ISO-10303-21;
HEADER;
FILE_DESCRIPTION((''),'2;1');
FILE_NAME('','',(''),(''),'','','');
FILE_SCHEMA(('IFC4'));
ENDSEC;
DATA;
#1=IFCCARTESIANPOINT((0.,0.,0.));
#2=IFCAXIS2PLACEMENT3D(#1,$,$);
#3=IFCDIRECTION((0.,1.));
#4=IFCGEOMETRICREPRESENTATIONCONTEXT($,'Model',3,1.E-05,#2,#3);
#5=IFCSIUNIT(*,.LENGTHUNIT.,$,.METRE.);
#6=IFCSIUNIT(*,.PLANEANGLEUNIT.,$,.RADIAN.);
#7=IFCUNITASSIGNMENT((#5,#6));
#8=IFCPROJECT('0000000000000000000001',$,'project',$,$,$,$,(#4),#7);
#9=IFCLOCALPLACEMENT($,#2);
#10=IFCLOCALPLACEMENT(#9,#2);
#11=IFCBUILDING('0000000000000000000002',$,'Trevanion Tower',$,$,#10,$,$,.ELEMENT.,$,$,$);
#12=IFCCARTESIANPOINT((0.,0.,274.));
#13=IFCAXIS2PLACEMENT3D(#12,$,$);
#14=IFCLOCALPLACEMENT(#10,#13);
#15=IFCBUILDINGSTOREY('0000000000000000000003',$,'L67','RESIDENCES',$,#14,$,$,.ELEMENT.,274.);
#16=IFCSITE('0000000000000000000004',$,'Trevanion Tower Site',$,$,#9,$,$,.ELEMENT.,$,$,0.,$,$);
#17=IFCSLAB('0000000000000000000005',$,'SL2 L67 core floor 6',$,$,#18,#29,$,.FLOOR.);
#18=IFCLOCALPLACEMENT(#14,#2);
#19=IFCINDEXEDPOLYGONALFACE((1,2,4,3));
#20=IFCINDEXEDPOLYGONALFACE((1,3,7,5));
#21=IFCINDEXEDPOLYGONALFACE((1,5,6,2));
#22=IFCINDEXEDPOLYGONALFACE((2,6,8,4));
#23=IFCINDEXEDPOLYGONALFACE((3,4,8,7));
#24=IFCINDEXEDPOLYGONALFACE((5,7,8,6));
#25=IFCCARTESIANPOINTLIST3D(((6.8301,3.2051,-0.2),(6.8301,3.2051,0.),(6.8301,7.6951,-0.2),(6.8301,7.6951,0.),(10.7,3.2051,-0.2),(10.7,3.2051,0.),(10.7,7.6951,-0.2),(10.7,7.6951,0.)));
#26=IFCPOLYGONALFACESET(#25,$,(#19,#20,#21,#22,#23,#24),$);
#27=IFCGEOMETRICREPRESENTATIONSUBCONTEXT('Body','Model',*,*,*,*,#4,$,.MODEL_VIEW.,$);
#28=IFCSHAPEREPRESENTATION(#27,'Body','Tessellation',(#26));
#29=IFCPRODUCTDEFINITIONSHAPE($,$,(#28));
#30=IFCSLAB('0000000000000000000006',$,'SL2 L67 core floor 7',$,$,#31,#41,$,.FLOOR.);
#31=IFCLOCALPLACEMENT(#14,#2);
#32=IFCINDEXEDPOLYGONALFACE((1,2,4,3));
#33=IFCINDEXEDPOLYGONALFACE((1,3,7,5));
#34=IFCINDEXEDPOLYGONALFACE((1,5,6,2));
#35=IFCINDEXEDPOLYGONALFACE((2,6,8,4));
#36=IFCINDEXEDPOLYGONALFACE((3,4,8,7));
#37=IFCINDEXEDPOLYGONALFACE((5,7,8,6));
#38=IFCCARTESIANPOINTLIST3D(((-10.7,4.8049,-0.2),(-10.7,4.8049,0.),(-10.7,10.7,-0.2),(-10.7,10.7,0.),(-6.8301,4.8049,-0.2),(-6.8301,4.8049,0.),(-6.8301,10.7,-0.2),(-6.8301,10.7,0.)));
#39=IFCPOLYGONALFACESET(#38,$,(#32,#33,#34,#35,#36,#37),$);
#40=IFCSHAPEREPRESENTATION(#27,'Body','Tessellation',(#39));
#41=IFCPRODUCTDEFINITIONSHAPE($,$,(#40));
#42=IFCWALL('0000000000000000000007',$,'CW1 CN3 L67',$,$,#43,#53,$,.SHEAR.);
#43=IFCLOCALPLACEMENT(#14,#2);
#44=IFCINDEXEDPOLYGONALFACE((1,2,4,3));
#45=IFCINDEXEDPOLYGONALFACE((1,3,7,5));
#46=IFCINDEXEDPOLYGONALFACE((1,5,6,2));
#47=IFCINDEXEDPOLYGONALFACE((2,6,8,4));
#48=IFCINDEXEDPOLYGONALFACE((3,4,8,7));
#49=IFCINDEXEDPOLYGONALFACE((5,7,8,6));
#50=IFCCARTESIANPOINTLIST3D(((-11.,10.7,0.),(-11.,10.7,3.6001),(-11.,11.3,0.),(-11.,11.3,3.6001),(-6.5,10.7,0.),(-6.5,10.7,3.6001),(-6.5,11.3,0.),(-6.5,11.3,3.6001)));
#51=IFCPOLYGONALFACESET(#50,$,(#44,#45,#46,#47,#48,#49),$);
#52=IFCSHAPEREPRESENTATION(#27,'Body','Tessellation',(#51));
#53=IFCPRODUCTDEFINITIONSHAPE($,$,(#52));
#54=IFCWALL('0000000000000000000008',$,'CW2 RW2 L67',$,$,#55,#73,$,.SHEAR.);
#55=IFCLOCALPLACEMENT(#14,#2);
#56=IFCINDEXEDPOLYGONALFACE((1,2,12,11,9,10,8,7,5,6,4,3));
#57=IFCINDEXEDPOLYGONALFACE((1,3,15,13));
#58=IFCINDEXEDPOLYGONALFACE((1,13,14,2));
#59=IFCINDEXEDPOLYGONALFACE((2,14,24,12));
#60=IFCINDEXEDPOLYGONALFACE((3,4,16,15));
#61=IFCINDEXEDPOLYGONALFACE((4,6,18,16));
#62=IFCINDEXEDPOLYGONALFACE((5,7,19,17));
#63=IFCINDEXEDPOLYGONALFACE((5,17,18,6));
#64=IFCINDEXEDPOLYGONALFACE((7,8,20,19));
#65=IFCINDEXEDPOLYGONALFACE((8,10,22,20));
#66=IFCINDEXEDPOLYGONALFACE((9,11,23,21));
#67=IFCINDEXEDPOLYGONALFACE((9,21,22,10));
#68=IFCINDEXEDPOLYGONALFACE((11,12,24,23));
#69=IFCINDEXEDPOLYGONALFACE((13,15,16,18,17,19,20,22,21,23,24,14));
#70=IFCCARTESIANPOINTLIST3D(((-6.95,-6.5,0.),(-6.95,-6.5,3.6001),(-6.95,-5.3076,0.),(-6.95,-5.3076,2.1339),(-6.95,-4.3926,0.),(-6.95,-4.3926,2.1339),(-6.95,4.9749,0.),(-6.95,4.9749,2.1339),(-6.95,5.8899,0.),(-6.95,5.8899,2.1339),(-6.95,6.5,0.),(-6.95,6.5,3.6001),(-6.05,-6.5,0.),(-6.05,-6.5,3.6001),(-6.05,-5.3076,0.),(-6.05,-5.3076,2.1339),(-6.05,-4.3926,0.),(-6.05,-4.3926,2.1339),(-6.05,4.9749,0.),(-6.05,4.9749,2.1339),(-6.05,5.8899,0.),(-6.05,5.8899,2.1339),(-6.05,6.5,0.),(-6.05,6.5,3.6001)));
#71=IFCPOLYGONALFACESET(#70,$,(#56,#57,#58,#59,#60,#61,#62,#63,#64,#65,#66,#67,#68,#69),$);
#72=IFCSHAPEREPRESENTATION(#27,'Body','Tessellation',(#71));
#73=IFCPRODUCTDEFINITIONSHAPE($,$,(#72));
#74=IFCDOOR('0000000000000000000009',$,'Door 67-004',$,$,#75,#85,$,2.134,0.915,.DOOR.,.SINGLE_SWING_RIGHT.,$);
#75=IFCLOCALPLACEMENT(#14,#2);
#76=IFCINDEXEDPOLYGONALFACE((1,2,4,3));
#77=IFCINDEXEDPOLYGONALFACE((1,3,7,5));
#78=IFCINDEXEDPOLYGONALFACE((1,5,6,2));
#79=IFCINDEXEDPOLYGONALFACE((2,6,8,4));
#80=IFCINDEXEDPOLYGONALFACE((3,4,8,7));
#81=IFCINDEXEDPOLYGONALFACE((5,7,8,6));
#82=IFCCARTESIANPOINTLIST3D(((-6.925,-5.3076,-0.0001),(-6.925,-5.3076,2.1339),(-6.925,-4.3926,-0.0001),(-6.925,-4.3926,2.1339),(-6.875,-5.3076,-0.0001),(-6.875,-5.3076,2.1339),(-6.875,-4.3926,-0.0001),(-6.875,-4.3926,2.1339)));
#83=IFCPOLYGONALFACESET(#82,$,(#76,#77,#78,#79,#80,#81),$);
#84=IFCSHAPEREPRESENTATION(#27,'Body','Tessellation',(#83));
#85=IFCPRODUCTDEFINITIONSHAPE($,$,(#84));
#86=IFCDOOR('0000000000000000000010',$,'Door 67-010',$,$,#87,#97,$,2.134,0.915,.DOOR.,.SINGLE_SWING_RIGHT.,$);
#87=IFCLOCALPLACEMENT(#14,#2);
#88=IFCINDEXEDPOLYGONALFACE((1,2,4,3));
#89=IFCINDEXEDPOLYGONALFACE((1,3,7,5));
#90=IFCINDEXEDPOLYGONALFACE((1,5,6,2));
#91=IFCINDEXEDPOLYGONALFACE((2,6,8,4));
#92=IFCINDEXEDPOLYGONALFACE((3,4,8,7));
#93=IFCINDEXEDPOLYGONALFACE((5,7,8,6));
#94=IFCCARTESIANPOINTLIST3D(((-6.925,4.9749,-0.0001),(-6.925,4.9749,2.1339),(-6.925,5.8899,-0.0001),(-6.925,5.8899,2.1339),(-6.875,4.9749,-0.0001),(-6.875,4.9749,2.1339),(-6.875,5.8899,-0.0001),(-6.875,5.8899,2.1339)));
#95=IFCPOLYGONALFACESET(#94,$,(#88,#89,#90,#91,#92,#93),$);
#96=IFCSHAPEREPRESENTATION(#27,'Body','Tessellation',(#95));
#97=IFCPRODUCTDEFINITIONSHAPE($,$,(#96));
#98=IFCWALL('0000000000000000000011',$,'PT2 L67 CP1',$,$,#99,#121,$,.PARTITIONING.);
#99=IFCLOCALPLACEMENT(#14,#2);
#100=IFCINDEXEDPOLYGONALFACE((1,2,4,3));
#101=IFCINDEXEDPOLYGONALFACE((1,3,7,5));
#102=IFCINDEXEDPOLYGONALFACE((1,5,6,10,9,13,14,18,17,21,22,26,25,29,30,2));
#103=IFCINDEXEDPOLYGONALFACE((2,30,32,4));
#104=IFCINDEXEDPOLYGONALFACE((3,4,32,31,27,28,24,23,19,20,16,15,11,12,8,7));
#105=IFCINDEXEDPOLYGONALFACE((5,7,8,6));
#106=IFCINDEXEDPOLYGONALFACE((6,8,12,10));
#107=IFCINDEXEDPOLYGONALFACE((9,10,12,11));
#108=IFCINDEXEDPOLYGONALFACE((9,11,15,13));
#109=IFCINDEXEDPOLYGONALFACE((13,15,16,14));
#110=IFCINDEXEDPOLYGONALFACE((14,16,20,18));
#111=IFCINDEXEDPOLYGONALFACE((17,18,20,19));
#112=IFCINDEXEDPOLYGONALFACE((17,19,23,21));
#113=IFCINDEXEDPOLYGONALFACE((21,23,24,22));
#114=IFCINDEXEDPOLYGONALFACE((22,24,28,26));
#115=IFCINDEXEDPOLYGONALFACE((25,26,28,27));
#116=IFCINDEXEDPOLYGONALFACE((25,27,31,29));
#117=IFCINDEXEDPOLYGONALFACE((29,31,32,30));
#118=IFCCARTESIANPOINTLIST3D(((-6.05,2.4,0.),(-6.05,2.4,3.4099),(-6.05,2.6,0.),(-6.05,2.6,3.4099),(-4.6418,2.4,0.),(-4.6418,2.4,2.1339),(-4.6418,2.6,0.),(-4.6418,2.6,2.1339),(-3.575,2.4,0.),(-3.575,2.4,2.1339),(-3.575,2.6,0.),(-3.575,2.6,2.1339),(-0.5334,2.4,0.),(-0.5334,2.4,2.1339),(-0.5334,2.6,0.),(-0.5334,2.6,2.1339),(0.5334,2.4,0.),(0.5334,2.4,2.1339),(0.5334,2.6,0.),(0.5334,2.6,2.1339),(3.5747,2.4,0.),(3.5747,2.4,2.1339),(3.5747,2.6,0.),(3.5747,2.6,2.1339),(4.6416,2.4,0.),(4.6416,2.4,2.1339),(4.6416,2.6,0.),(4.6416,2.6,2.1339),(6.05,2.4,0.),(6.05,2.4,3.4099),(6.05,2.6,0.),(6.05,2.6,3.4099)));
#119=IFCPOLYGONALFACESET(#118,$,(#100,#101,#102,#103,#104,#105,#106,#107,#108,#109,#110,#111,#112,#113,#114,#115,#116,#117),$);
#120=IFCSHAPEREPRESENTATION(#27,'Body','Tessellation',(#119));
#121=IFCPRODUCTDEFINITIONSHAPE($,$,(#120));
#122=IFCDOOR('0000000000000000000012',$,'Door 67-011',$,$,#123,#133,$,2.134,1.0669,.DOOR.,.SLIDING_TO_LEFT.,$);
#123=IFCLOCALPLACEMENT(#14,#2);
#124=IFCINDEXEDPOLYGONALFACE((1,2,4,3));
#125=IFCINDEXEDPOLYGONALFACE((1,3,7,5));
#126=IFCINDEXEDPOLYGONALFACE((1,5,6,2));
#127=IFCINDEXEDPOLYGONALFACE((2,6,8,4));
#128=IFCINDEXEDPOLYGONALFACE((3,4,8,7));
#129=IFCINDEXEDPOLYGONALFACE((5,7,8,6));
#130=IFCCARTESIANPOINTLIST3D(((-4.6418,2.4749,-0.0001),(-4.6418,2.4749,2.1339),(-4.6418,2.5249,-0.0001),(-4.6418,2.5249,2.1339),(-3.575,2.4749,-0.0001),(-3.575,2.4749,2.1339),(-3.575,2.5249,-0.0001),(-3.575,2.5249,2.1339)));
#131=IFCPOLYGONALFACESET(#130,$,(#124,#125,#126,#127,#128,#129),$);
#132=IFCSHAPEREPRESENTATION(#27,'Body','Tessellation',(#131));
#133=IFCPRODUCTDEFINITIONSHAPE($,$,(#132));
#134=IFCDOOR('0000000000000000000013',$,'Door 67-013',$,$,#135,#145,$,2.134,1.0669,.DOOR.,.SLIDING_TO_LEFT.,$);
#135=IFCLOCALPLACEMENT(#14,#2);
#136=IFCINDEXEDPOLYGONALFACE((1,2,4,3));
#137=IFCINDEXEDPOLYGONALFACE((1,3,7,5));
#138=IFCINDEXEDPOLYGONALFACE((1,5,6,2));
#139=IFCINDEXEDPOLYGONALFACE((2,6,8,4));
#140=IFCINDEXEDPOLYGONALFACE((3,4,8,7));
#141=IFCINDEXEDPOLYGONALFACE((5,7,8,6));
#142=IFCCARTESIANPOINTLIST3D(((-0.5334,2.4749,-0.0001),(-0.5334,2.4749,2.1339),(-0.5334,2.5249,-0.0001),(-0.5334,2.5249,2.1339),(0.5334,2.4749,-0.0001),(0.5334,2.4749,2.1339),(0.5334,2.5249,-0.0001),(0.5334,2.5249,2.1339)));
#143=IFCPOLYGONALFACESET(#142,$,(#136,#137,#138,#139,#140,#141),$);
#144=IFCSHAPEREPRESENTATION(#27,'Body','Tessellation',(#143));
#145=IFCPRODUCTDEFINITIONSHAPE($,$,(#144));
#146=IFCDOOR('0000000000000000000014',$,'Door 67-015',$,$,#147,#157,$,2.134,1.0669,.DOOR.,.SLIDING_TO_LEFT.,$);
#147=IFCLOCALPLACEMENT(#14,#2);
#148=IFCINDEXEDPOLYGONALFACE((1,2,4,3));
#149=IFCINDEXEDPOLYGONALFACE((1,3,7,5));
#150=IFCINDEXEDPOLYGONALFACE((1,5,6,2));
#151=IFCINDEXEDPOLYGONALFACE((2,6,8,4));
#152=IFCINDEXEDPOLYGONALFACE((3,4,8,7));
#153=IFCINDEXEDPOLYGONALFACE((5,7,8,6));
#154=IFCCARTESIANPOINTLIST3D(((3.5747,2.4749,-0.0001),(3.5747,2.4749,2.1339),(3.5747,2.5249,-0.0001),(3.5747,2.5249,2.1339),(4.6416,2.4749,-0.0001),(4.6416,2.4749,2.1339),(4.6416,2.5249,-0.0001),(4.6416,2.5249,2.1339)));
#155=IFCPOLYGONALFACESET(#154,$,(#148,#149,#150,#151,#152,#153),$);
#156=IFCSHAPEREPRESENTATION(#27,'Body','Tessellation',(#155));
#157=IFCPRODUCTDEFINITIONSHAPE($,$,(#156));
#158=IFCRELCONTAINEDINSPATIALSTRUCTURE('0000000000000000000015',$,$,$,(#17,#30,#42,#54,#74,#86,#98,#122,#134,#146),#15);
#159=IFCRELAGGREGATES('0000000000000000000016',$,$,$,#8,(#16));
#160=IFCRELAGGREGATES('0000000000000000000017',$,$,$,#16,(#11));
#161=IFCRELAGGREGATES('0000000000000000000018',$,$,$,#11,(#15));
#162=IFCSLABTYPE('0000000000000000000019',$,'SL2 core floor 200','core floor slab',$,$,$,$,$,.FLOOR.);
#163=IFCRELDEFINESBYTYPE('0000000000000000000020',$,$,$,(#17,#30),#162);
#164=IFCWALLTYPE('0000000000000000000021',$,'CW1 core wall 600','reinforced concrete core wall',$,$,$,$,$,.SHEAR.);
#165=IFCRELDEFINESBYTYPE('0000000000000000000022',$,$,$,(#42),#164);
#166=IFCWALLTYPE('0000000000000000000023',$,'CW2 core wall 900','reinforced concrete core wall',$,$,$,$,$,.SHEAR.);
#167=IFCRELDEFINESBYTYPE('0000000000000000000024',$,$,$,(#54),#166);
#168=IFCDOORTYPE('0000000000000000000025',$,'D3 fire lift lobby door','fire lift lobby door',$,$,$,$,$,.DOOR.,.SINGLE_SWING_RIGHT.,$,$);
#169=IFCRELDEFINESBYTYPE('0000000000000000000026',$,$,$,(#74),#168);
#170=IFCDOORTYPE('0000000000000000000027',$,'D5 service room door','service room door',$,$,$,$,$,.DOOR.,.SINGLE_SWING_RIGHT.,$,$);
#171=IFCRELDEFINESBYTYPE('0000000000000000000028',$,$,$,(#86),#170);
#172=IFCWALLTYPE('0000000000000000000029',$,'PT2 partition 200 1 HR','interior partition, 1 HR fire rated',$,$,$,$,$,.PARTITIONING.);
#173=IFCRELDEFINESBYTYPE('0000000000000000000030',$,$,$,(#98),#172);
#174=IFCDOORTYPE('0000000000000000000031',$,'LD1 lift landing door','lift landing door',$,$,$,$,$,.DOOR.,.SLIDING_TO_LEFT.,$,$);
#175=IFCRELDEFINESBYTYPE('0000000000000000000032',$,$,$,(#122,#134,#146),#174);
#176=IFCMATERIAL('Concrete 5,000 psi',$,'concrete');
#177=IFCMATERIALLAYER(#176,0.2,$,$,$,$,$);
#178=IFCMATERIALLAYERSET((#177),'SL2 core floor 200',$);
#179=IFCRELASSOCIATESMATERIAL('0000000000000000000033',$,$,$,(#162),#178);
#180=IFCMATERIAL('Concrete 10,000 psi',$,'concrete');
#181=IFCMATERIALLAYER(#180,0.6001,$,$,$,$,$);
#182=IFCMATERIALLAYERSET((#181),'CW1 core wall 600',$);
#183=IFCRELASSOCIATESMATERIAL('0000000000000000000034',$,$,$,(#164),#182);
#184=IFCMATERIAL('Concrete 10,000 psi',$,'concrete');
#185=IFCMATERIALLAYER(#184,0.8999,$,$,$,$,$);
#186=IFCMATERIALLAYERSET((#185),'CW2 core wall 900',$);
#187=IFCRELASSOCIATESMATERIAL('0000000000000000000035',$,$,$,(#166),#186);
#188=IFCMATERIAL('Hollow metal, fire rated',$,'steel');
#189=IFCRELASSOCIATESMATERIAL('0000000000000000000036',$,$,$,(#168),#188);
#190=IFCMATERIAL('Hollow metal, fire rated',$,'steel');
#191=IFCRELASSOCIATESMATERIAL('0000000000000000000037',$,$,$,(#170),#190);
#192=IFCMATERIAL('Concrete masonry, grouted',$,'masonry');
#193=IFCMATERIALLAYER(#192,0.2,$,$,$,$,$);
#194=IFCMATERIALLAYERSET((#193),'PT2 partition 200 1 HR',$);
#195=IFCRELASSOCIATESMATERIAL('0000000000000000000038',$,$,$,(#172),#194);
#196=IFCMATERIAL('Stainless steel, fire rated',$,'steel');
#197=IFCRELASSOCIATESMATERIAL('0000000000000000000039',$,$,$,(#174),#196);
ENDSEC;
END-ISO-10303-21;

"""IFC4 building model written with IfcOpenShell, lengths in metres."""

from ifc_helpers import new_model, si_unit, direction, frame, frame_2d, origin, place, context, subcontext, project, spatial, polyline, rectangle, outline, extrude, material, layer, layer_set, type_object, element, fill, save


model = new_model("IFC4")

# Units and contexts
model_context = context("Model", 3, precision=1e-05, world=origin(), true_north=direction((0.0, 1.0)))
body_context = subcontext(model_context, "Body", "Model", "MODEL_VIEW")
ifc_project = project(units=[si_unit("LENGTHUNIT", "METRE"), si_unit("PLANEANGLEUNIT", "RADIAN")], contexts=[model_context])

# Site, building, storey
site_placement = place(None, origin())
site = spatial("IfcSite", under=ifc_project, at=site_placement, Name="Trevanion Tower Site", CompositionType="ELEMENT", RefElevation=0.0)
building_placement = place(site_placement, origin())
building = spatial("IfcBuilding", under=site, at=building_placement, Name="Trevanion Tower", CompositionType="ELEMENT")
storey_placement = place(building_placement, frame((0.0, 0.0, 274.0)))
storey = spatial("IfcBuildingStorey", under=building, at=storey_placement, Name="L67", Description="RESIDENCES", CompositionType="ELEMENT", Elevation=274.0)

# Slabs
ifc_material_1 = material(Name="Concrete 5,000 psi", Category="concrete")
ifc_layer_1 = layer(ifc_material_1, 0.2)
ifc_layer_set_1 = layer_set([ifc_layer_1], Name="SL2 core floor 200")
slab_type = type_object("IfcSlabType", Name="SL2 core floor 200", Description="core floor slab", PredefinedType="FLOOR", material=ifc_layer_set_1)
slab_1_placement = place(storey_placement, frame((0.0, 0.0, -0.2)))
element("IfcSlab", 1, at=slab_1_placement, inside=storey, type_object=slab_type, Name="SL2 L67 core floor 6", PredefinedType="FLOOR", context=body_context, shape_type="SweptSolid", body=[
    extrude(outline(polyline([(6.8301, 3.2051), (6.8301, 7.6951), (10.7, 7.6951), (10.7, 3.2051), (6.8301, 3.2051)])), origin(), (0.0, 0.0, 1.0), 0.2),
])
slab_2_placement = place(storey_placement, frame((0.0, 0.0, -0.2)))
element("IfcSlab", 2, at=slab_2_placement, inside=storey, type_object=slab_type, Name="SL2 L67 core floor 7", PredefinedType="FLOOR", context=body_context, shape_type="SweptSolid", body=[
    extrude(outline(polyline([(-6.8301, 4.8049), (-10.7, 4.8049), (-10.7, 10.7), (-6.8301, 10.7), (-6.8301, 4.8049)])), origin(), (0.0, 0.0, 1.0), 0.2),
])

# Wall
ifc_material_2 = material(Name="Concrete 10,000 psi", Category="concrete")
ifc_layer_2 = layer(ifc_material_2, 0.6001)
ifc_layer_set_2 = layer_set([ifc_layer_2], Name="CW1 core wall 600")
wall_type_1 = type_object("IfcWallType", Name="CW1 core wall 600", Description="reinforced concrete core wall", PredefinedType="SHEAR", material=ifc_layer_set_2)
wall_1_placement = place(storey_placement, frame((-6.5, 11.0, 0.0), z_axis=(0.0, 0.0, 1.0), x_axis=(-1.0, 0.0, 0.0)))
element("IfcWall", 3, at=wall_1_placement, inside=storey, type_object=wall_type_1, Name="CW1 CN3 L67", PredefinedType="SHEAR", context=body_context, shape_type="SweptSolid", body=[
    extrude(rectangle(XDim=4.5, YDim=0.6001, at=frame_2d((2.25, 0.0))), origin(), (0.0, 0.0, 1.0), 3.6001),
])

# Walls, openings, doors
ifc_material_3 = material(Name="Concrete 10,000 psi", Category="concrete")
ifc_layer_3 = layer(ifc_material_3, 0.8999)
ifc_layer_set_3 = layer_set([ifc_layer_3], Name="CW2 core wall 900")
wall_type_2 = type_object("IfcWallType", Name="CW2 core wall 900", Description="reinforced concrete core wall", PredefinedType="SHEAR", material=ifc_layer_set_3)
wall_2_placement = place(storey_placement, frame((-6.5, 6.5, 0.0), z_axis=(0.0, 0.0, 1.0), x_axis=(0.0, -1.0, 0.0)))
wall_2 = element("IfcWall", 4, at=wall_2_placement, inside=storey, type_object=wall_type_2, Name="CW2 RW2 L67", PredefinedType="SHEAR", context=body_context, shape_type="SweptSolid", body=[
    extrude(rectangle(XDim=13.0, YDim=0.8999, at=frame_2d((6.5, 0.0))), origin(), (0.0, 0.0, 1.0), 3.6001),
])
opening_1_placement = place(wall_2_placement, frame((10.8926, 0.0, 0.0)))
opening_1 = element("IfcOpeningElement", 5, at=opening_1_placement, cuts=wall_2, PredefinedType="OPENING", context=body_context, shape_type="SweptSolid", body=[
    extrude(rectangle(XDim=0.915, YDim=2.134, at=frame_2d((0.4575, 1.0669))), frame((0.0, 0.46, 0.0), z_axis=(0.0, -1.0, 0.0), x_axis=(1.0, 0.0, 0.0)), (0.0, 0.0, 1.0), 0.9199),
])
opening_2_placement = place(wall_2_placement, frame((0.6101, 0.0, 0.0)))
opening_2 = element("IfcOpeningElement", 6, at=opening_2_placement, cuts=wall_2, PredefinedType="OPENING", context=body_context, shape_type="SweptSolid", body=[
    extrude(rectangle(XDim=0.915, YDim=2.134, at=frame_2d((0.4575, 1.0669))), frame((0.0, 0.46, 0.0), z_axis=(0.0, -1.0, 0.0), x_axis=(1.0, 0.0, 0.0)), (0.0, 0.0, 1.0), 0.9199),
])
ifc_material_4 = material(Name="Hollow metal, fire rated", Category="steel")
door_type_1 = type_object("IfcDoorType", Name="D3 fire lift lobby door", Description="fire lift lobby door", OperationType="SINGLE_SWING_RIGHT", PredefinedType="DOOR", material=ifc_material_4)
door_1_placement = place(opening_1_placement, origin())
door_1 = element("IfcDoor", 7, at=door_1_placement, inside=storey, type_object=door_type_1, Name="Door 67-004", OperationType="SINGLE_SWING_RIGHT", OverallHeight=2.134, OverallWidth=0.915, PredefinedType="DOOR", context=body_context, shape_type="SweptSolid", body=[
    extrude(rectangle(XDim=0.915, YDim=2.134, at=frame_2d((0.4575, 1.0669))), frame((0.0, -0.375, 0.0), z_axis=(0.0, -1.0, 0.0), x_axis=(1.0, 0.0, 0.0)), (0.0, 0.0, 1.0), 0.05),
])
fill(opening_1, door_1)
ifc_material_5 = material(Name="Hollow metal, fire rated", Category="steel")
door_type_2 = type_object("IfcDoorType", Name="D5 service room door", Description="service room door", OperationType="SINGLE_SWING_RIGHT", PredefinedType="DOOR", material=ifc_material_5)
door_2_placement = place(opening_2_placement, origin())
door_2 = element("IfcDoor", 8, at=door_2_placement, inside=storey, type_object=door_type_2, Name="Door 67-010", OperationType="SINGLE_SWING_RIGHT", OverallHeight=2.134, OverallWidth=0.915, PredefinedType="DOOR", context=body_context, shape_type="SweptSolid", body=[
    extrude(rectangle(XDim=0.915, YDim=2.134, at=frame_2d((0.4575, 1.0669))), frame((0.0, -0.375, 0.0), z_axis=(0.0, -1.0, 0.0), x_axis=(1.0, 0.0, 0.0)), (0.0, 0.0, 1.0), 0.05),
])
fill(opening_2, door_2)
ifc_material_6 = material(Name="Concrete masonry, grouted", Category="masonry")
ifc_layer_4 = layer(ifc_material_6, 0.2)
ifc_layer_set_4 = layer_set([ifc_layer_4], Name="PT2 partition 200 1 HR")
wall_type_3 = type_object("IfcWallType", Name="PT2 partition 200 1 HR", Description="interior partition, 1 HR fire rated", PredefinedType="PARTITIONING", material=ifc_layer_set_4)
wall_3_placement = place(storey_placement, frame((-6.05, 2.5, 0.0), z_axis=(0.0, 0.0, 1.0), x_axis=(1.0, 0.0, 0.0)))
wall_3 = element("IfcWall", 9, at=wall_3_placement, inside=storey, type_object=wall_type_3, Name="PT2 L67 CP1", PredefinedType="PARTITIONING", context=body_context, shape_type="SweptSolid", body=[
    extrude(rectangle(XDim=12.1001, YDim=0.2, at=frame_2d((6.05, 0.0))), origin(), (0.0, 0.0, 1.0), 3.4099),
])
opening_3_placement = place(wall_3_placement, frame((1.4082, 0.0, 0.0)))
opening_3 = element("IfcOpeningElement", 10, at=opening_3_placement, cuts=wall_3, PredefinedType="OPENING", context=body_context, shape_type="SweptSolid", body=[
    extrude(rectangle(XDim=1.0669, YDim=2.134, at=frame_2d((0.5334, 1.0669))), frame((0.0, 0.1099, 0.0), z_axis=(0.0, -1.0, 0.0), x_axis=(1.0, 0.0, 0.0)), (0.0, 0.0, 1.0), 0.22),
])
opening_4_placement = place(wall_3_placement, frame((5.5166, 0.0, 0.0)))
opening_4 = element("IfcOpeningElement", 11, at=opening_4_placement, cuts=wall_3, PredefinedType="OPENING", context=body_context, shape_type="SweptSolid", body=[
    extrude(rectangle(XDim=1.0669, YDim=2.134, at=frame_2d((0.5334, 1.0669))), frame((0.0, 0.1099, 0.0), z_axis=(0.0, -1.0, 0.0), x_axis=(1.0, 0.0, 0.0)), (0.0, 0.0, 1.0), 0.22),
])
opening_5_placement = place(wall_3_placement, frame((9.6248, 0.0, 0.0)))
opening_5 = element("IfcOpeningElement", 12, at=opening_5_placement, cuts=wall_3, PredefinedType="OPENING", context=body_context, shape_type="SweptSolid", body=[
    extrude(rectangle(XDim=1.0669, YDim=2.134, at=frame_2d((0.5334, 1.0669))), frame((0.0, 0.1099, 0.0), z_axis=(0.0, -1.0, 0.0), x_axis=(1.0, 0.0, 0.0)), (0.0, 0.0, 1.0), 0.22),
])
ifc_material_7 = material(Name="Stainless steel, fire rated", Category="steel")
door_type_3 = type_object("IfcDoorType", Name="LD1 lift landing door", Description="lift landing door", OperationType="SLIDING_TO_LEFT", PredefinedType="DOOR", material=ifc_material_7)
door_3_placement = place(opening_3_placement, origin())
door_3 = element("IfcDoor", 13, at=door_3_placement, inside=storey, type_object=door_type_3, Name="Door 67-011", OperationType="SLIDING_TO_LEFT", OverallHeight=2.134, OverallWidth=1.0669, PredefinedType="DOOR", context=body_context, shape_type="SweptSolid", body=[
    extrude(rectangle(XDim=1.0669, YDim=2.134, at=frame_2d((0.5334, 1.0669))), frame((0.0, 0.0249, 0.0), z_axis=(0.0, -1.0, 0.0), x_axis=(1.0, 0.0, 0.0)), (0.0, 0.0, 1.0), 0.05),
])
fill(opening_3, door_3)
door_4_placement = place(opening_4_placement, origin())
door_4 = element("IfcDoor", 14, at=door_4_placement, inside=storey, type_object=door_type_3, Name="Door 67-013", OperationType="SLIDING_TO_LEFT", OverallHeight=2.134, OverallWidth=1.0669, PredefinedType="DOOR", context=body_context, shape_type="SweptSolid", body=[
    extrude(rectangle(XDim=1.0669, YDim=2.134, at=frame_2d((0.5334, 1.0669))), frame((0.0, 0.0249, 0.0), z_axis=(0.0, -1.0, 0.0), x_axis=(1.0, 0.0, 0.0)), (0.0, 0.0, 1.0), 0.05),
])
fill(opening_4, door_4)
door_5_placement = place(opening_5_placement, origin())
door_5 = element("IfcDoor", 15, at=door_5_placement, inside=storey, type_object=door_type_3, Name="Door 67-015", OperationType="SLIDING_TO_LEFT", OverallHeight=2.134, OverallWidth=1.0669, PredefinedType="DOOR", context=body_context, shape_type="SweptSolid", body=[
    extrude(rectangle(XDim=1.0669, YDim=2.134, at=frame_2d((0.5334, 1.0669))), frame((0.0, 0.0249, 0.0), z_axis=(0.0, -1.0, 0.0), x_axis=(1.0, 0.0, 0.0)), (0.0, 0.0, 1.0), 0.05),
])
fill(opening_5, door_5)

save(model, "model.ifc")
